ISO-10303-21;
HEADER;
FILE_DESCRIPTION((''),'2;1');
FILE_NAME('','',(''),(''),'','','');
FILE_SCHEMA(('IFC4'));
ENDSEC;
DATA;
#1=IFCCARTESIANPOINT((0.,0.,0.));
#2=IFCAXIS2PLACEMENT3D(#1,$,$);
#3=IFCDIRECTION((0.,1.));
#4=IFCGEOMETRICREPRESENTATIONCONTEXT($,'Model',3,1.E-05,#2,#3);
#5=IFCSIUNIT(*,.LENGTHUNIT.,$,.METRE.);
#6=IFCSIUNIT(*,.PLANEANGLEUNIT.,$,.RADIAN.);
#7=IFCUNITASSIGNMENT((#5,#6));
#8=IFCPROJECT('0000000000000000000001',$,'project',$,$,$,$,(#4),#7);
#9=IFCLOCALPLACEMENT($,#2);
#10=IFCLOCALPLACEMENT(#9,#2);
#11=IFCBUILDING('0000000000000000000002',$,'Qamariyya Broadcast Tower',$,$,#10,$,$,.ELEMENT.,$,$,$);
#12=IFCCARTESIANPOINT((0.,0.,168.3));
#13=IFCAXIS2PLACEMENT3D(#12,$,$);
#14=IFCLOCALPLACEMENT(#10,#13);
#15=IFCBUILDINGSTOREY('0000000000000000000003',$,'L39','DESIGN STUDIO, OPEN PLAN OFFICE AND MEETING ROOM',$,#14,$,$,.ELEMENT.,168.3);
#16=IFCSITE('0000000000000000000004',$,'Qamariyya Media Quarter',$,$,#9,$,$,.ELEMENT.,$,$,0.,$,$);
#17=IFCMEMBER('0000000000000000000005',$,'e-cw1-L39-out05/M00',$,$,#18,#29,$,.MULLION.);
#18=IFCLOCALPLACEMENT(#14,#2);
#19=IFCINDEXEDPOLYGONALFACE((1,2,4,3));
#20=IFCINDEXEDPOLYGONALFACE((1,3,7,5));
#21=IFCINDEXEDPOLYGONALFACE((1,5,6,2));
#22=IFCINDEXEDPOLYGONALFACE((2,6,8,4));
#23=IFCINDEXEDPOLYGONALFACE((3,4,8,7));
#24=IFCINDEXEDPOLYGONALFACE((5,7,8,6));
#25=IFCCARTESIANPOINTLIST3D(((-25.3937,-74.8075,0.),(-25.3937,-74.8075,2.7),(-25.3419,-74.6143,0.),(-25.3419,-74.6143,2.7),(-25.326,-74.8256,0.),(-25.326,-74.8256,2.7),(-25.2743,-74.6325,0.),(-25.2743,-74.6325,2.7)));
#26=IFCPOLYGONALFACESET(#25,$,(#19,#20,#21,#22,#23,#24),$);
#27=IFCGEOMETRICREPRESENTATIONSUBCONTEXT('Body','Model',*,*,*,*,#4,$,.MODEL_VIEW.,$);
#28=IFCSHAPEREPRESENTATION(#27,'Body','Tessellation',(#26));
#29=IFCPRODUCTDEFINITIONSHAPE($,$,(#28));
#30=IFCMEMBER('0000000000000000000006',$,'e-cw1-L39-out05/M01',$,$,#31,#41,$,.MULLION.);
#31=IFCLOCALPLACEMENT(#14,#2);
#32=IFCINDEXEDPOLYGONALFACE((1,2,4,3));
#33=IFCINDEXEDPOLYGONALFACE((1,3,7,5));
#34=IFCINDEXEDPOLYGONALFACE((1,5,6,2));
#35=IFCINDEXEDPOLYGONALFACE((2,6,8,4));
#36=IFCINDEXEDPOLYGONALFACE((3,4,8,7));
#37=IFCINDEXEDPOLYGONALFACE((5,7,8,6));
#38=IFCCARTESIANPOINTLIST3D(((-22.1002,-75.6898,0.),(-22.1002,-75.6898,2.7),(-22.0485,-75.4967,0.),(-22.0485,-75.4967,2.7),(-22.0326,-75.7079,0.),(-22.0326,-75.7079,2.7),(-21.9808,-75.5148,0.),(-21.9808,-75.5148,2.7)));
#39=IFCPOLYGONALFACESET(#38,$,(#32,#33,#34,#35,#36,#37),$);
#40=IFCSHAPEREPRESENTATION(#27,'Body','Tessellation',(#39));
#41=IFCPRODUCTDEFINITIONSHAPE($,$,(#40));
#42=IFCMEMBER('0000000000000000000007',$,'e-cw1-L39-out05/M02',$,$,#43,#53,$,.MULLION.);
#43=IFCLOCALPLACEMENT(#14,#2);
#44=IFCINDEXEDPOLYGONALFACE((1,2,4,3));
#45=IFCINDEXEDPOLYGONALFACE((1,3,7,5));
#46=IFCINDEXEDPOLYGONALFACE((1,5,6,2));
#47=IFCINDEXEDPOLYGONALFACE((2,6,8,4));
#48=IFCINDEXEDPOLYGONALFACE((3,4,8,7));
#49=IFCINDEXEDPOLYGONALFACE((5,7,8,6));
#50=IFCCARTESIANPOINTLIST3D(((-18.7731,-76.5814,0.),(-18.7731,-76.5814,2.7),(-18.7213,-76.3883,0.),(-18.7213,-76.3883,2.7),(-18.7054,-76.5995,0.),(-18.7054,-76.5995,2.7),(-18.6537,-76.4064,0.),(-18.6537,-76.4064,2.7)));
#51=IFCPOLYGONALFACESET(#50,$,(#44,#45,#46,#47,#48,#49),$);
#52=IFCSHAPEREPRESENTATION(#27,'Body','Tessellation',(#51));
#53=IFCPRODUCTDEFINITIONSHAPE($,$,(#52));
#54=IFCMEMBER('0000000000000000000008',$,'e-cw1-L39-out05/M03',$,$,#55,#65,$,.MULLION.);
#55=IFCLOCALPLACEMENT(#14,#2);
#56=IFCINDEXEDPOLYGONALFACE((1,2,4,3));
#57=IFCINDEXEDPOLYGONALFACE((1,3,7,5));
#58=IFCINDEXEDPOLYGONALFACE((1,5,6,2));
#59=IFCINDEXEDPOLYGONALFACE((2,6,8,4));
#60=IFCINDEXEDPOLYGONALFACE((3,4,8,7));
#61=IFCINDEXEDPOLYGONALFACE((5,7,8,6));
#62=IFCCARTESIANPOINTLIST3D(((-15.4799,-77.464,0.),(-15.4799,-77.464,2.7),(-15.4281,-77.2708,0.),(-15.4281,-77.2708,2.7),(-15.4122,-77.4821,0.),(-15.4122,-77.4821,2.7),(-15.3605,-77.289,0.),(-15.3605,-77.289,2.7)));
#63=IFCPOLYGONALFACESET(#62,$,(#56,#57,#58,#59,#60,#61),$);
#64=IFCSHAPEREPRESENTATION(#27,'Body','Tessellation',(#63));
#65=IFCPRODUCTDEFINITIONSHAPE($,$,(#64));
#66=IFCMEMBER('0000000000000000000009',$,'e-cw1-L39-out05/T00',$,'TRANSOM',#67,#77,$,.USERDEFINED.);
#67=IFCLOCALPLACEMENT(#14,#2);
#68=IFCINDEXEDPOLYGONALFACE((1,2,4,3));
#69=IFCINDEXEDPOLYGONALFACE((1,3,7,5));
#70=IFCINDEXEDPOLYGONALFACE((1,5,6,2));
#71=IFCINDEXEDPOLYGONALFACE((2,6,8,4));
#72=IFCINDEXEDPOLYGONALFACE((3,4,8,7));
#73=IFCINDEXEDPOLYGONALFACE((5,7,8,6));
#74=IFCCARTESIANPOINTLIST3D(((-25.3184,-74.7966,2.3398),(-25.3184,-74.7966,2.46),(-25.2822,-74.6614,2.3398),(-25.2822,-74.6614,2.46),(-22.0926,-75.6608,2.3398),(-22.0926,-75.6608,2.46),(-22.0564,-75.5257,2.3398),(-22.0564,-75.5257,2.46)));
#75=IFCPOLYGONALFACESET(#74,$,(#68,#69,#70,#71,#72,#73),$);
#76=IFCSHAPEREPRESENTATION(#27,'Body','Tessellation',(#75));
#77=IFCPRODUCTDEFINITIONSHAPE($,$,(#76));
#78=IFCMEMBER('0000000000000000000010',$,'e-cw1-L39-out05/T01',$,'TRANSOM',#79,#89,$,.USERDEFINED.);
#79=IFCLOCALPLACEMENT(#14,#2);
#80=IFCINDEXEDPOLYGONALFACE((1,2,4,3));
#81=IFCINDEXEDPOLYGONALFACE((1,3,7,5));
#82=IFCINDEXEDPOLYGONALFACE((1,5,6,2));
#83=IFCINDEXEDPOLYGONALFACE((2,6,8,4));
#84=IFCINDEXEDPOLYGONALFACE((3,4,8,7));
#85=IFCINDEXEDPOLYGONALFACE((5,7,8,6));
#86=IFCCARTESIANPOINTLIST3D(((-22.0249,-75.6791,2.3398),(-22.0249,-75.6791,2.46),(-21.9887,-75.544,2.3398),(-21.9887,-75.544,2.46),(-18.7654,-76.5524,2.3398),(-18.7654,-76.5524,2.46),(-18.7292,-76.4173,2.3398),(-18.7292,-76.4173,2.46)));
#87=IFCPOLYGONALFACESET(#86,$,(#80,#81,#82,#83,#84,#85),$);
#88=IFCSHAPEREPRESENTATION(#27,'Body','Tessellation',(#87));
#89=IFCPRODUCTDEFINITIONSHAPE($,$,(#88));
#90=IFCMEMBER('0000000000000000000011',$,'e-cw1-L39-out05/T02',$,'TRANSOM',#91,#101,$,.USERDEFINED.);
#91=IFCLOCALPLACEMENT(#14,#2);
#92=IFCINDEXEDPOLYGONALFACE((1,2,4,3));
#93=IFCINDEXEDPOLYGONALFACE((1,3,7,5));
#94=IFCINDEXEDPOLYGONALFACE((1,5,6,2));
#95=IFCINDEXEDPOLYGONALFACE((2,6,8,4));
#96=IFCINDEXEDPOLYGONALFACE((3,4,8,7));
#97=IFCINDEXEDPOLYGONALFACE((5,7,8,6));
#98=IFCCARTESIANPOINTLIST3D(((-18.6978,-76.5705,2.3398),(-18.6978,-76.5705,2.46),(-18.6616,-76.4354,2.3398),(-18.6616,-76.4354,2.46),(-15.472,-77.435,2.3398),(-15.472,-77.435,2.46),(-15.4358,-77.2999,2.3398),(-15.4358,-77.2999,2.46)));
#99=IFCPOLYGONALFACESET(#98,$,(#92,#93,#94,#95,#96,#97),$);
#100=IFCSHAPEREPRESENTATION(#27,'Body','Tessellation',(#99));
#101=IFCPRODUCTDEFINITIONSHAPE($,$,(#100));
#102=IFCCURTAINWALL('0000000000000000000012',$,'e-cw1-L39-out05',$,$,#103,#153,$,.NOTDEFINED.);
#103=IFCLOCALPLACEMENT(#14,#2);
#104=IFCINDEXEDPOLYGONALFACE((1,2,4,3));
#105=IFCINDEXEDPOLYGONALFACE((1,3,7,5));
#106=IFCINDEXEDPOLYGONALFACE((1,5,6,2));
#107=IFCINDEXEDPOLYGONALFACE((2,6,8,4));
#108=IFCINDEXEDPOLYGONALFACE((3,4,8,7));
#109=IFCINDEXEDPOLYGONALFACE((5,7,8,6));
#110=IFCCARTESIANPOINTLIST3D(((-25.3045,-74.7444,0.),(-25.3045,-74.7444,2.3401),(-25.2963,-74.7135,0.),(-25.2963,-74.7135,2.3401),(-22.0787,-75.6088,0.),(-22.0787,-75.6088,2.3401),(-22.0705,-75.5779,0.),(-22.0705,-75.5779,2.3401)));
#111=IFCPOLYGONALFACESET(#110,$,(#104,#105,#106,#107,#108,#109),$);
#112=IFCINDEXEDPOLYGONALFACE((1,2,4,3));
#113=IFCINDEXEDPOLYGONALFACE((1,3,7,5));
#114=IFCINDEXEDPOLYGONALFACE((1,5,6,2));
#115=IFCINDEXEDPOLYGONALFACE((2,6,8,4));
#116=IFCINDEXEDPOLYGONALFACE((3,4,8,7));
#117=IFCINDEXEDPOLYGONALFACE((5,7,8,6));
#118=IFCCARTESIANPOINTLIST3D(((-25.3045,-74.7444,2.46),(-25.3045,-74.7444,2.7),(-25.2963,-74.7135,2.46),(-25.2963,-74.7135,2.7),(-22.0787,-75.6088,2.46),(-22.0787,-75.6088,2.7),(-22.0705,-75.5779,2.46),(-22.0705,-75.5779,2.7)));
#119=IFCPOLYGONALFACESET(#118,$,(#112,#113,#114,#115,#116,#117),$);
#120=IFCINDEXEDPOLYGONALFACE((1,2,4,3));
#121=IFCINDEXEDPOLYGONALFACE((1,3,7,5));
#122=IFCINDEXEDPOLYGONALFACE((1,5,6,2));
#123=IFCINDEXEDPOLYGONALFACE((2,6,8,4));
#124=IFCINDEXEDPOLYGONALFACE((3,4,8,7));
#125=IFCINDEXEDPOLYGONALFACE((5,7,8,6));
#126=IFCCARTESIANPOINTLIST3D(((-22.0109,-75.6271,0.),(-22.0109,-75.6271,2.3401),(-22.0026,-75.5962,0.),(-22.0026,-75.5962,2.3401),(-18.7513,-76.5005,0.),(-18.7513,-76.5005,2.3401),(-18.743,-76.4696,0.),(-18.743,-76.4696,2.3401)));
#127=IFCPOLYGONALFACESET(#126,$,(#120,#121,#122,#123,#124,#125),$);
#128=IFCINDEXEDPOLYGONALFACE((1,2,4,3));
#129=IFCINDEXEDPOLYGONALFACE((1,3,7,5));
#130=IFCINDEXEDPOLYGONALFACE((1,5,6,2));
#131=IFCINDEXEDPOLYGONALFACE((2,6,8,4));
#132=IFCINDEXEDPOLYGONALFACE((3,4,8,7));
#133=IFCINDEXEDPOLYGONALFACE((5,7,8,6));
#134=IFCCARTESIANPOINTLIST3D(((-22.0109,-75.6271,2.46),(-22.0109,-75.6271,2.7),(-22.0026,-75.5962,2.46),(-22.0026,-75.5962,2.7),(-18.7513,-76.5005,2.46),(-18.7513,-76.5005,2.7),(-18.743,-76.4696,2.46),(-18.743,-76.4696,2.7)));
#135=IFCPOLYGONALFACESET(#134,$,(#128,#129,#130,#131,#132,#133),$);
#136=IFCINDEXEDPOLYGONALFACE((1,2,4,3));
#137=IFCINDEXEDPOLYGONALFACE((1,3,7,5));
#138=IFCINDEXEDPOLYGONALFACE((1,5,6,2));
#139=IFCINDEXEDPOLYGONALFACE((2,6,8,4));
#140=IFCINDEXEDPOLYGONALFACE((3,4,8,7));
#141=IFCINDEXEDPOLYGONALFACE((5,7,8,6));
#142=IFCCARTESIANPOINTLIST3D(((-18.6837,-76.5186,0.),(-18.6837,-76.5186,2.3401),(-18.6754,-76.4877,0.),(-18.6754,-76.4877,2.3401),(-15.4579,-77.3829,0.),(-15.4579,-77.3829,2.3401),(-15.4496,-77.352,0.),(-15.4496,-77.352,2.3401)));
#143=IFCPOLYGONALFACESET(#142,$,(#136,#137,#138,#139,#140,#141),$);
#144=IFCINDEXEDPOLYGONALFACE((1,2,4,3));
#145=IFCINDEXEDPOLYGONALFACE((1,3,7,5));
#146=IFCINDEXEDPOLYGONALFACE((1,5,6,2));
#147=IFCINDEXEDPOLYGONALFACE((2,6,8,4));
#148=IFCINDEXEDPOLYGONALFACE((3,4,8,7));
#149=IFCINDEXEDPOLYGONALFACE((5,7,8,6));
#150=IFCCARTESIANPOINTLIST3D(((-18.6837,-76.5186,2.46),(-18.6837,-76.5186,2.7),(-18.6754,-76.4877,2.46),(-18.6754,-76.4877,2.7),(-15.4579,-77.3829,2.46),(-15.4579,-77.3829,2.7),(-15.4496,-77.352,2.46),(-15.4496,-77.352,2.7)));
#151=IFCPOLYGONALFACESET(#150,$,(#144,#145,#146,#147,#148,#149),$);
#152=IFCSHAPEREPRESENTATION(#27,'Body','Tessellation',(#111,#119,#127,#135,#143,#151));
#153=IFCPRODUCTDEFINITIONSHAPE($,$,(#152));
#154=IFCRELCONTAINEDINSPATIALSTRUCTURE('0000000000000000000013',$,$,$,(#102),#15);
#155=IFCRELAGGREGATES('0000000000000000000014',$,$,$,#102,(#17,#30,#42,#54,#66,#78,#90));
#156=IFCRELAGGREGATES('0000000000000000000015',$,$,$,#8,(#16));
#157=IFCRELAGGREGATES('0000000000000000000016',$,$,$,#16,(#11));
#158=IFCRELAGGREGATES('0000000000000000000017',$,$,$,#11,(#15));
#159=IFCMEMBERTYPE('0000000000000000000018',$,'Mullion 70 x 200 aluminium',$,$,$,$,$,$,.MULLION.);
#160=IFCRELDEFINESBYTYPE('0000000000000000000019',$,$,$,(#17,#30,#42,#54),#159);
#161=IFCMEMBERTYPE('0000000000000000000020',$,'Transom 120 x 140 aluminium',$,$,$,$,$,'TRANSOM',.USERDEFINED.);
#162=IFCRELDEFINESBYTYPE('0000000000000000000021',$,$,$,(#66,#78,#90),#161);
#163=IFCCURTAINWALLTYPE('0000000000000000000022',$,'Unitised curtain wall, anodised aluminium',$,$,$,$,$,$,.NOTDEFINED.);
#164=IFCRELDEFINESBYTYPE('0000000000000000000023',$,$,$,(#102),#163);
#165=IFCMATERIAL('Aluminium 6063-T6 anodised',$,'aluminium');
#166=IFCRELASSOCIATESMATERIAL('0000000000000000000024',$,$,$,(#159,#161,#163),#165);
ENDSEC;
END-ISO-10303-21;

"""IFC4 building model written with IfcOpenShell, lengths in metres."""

from ifc_helpers import new_model, si_unit, direction, frame, origin, origin_2d, place, context, subcontext, project, spatial, rectangle, extrude, material, material_profile, profile_set, type_object, element, aggregate, save


model = new_model("IFC4")

# Units and contexts
model_context = context("Model", 3, precision=1e-05, world=origin(), true_north=direction((0.0, 1.0)))
body_context = subcontext(model_context, "Body", "Model", "MODEL_VIEW")
ifc_project = project(units=[si_unit("LENGTHUNIT", "METRE"), si_unit("PLANEANGLEUNIT", "RADIAN")], contexts=[model_context])

# Members
ifc_material = material(Name="Aluminium 6063-T6 anodised", Category="aluminium")
ifc_material_profile_1 = material_profile(ifc_material, rectangle(XDim=0.2, YDim=0.0701, at=origin_2d()))
ifc_profile_set_1 = profile_set([ifc_material_profile_1], Name="Aluminium 6063-T6 anodised")
member_type_1 = type_object("IfcMemberType", Name="Mullion 70 x 200 aluminium", PredefinedType="MULLION", material=ifc_profile_set_1)
site_placement = place(None, origin())
building_placement = place(site_placement, origin())
storey_placement = place(building_placement, frame((0.0, 0.0, 168.3)))
member_1_placement = place(storey_placement, frame((-25.334, -74.72, 0.0), z_axis=(0.0, 0.0, 1.0), x_axis=(0.258819, 0.965926, 0.0)))
member_1 = element("IfcMember", 1, at=member_1_placement, type_object=member_type_1, Name="e-cw1-L39-out05/M00", PredefinedType="MULLION", context=body_context, shape_type="SweptSolid", body=[
    extrude(rectangle(XDim=0.2, YDim=0.0701, at=origin_2d()), origin(), (0.0, 0.0, 1.0), 2.7),
])
member_2_placement = place(storey_placement, frame((-22.0405, -75.6023, 0.0), z_axis=(0.0, 0.0, 1.0), x_axis=(0.258819, 0.965926, 0.0)))
member_2 = element("IfcMember", 2, at=member_2_placement, type_object=member_type_1, Name="e-cw1-L39-out05/M01", PredefinedType="MULLION", context=body_context, shape_type="SweptSolid", body=[
    extrude(rectangle(XDim=0.2, YDim=0.0701, at=origin_2d()), origin(), (0.0, 0.0, 1.0), 2.7),
])
member_3_placement = place(storey_placement, frame((-18.7134, -76.4939, 0.0), z_axis=(0.0, 0.0, 1.0), x_axis=(0.258819, 0.965926, 0.0)))
member_3 = element("IfcMember", 3, at=member_3_placement, type_object=member_type_1, Name="e-cw1-L39-out05/M02", PredefinedType="MULLION", context=body_context, shape_type="SweptSolid", body=[
    extrude(rectangle(XDim=0.2, YDim=0.0701, at=origin_2d()), origin(), (0.0, 0.0, 1.0), 2.7),
])
member_4_placement = place(storey_placement, frame((-15.4202, -77.3765, 0.0), z_axis=(0.0, 0.0, 1.0), x_axis=(0.258819, 0.965926, 0.0)))
member_4 = element("IfcMember", 4, at=member_4_placement, type_object=member_type_1, Name="e-cw1-L39-out05/M03", PredefinedType="MULLION", context=body_context, shape_type="SweptSolid", body=[
    extrude(rectangle(XDim=0.2, YDim=0.0701, at=origin_2d()), origin(), (0.0, 0.0, 1.0), 2.7),
])
ifc_material_profile_2 = material_profile(ifc_material, rectangle(XDim=0.1399, YDim=0.1201, at=origin_2d()))
ifc_profile_set_2 = profile_set([ifc_material_profile_2], Name="Aluminium 6063-T6 anodised")
member_type_2 = type_object("IfcMemberType", Name="Transom 120 x 140 aluminium", ElementType="TRANSOM", PredefinedType="USERDEFINED", material=ifc_profile_set_2)
member_5_placement = place(storey_placement, frame((-25.3003, -74.729, 2.3999), z_axis=(0.965933, -0.258791, 0.0), x_axis=(0.258791, 0.965933, 0.0)))
member_5 = element("IfcMember", 5, at=member_5_placement, type_object=member_type_2, Name="e-cw1-L39-out05/T00", ObjectType="TRANSOM", PredefinedType="USERDEFINED", context=body_context, shape_type="SweptSolid", body=[
    extrude(rectangle(XDim=0.1399, YDim=0.1201, at=origin_2d()), origin(), (0.0, 0.0, 1.0), 3.3396),
])
member_6_placement = place(storey_placement, frame((-22.0068, -75.6116, 2.3999), z_axis=(0.965933, -0.258793, 0.0), x_axis=(0.258793, 0.965933, 0.0)))
member_6 = element("IfcMember", 6, at=member_6_placement, type_object=member_type_2, Name="e-cw1-L39-out05/T01", ObjectType="TRANSOM", PredefinedType="USERDEFINED", context=body_context, shape_type="SweptSolid", body=[
    extrude(rectangle(XDim=0.1399, YDim=0.1201, at=origin_2d()), origin(), (0.0, 0.0, 1.0), 3.3745),
])
member_7_placement = place(storey_placement, frame((-18.6797, -76.5029, 2.3999), z_axis=(0.965915, -0.258859, 0.0), x_axis=(0.258859, 0.965915, 0.0)))
member_7 = element("IfcMember", 7, at=member_7_placement, type_object=member_type_2, Name="e-cw1-L39-out05/T02", ObjectType="TRANSOM", PredefinedType="USERDEFINED", context=body_context, shape_type="SweptSolid", body=[
    extrude(rectangle(XDim=0.1399, YDim=0.1201, at=origin_2d()), origin(), (0.0, 0.0, 1.0), 3.3396),
])

# Site, building, storey
site = spatial("IfcSite", under=ifc_project, at=site_placement, Name="Qamariyya Media Quarter", CompositionType="ELEMENT", RefElevation=0.0)
building = spatial("IfcBuilding", under=site, at=building_placement, Name="Qamariyya Broadcast Tower", CompositionType="ELEMENT")
storey = spatial("IfcBuildingStorey", under=building, at=storey_placement, Name="L39", Description="DESIGN STUDIO, OPEN PLAN OFFICE AND MEETING ROOM", CompositionType="ELEMENT", Elevation=168.3)

# Curtain wall
curtain_wall_type = type_object("IfcCurtainWallType", Name="Unitised curtain wall, anodised aluminium", PredefinedType="NOTDEFINED", material=ifc_material)
curtain_wall_1_placement = place(storey_placement, origin())
curtain_wall_1 = element("IfcCurtainWall", 8, at=curtain_wall_1_placement, inside=storey, type_object=curtain_wall_type, Name="e-cw1-L39-out05", PredefinedType="NOTDEFINED", context=body_context, shape_type="SweptSolid", body=[
    extrude(rectangle(XDim=3.3396, YDim=0.032, at=origin_2d()), frame((-23.6875, -75.1611, 0.0), x_axis=(0.965926, -0.258817, 0.0)), (0.0, 0.0, 1.0), 2.3401),
    extrude(rectangle(XDim=3.3396, YDim=0.032, at=origin_2d()), frame((-23.6875, -75.1611, 2.46), x_axis=(0.965926, -0.258817, 0.0)), (0.0, 0.0, 1.0), 0.24),
    extrude(rectangle(XDim=3.3745, YDim=0.032, at=origin_2d()), frame((-20.377, -76.0483, 0.0), x_axis=(0.965926, -0.258817, 0.0)), (0.0, 0.0, 1.0), 2.3401),
    extrude(rectangle(XDim=3.3745, YDim=0.032, at=origin_2d()), frame((-20.377, -76.0483, 2.46), x_axis=(0.965926, -0.258817, 0.0)), (0.0, 0.0, 1.0), 0.24),
    extrude(rectangle(XDim=3.3396, YDim=0.032, at=origin_2d()), frame((-17.0667, -76.9353, 0.0), x_axis=(0.965926, -0.258817, 0.0)), (0.0, 0.0, 1.0), 2.3401),
    extrude(rectangle(XDim=3.3396, YDim=0.032, at=origin_2d()), frame((-17.0667, -76.9353, 2.46), x_axis=(0.965926, -0.258817, 0.0)), (0.0, 0.0, 1.0), 0.24),
])
aggregate(curtain_wall_1, [member_1, member_2, member_3, member_4, member_5, member_6, member_7])

save(model, "model.ifc")
